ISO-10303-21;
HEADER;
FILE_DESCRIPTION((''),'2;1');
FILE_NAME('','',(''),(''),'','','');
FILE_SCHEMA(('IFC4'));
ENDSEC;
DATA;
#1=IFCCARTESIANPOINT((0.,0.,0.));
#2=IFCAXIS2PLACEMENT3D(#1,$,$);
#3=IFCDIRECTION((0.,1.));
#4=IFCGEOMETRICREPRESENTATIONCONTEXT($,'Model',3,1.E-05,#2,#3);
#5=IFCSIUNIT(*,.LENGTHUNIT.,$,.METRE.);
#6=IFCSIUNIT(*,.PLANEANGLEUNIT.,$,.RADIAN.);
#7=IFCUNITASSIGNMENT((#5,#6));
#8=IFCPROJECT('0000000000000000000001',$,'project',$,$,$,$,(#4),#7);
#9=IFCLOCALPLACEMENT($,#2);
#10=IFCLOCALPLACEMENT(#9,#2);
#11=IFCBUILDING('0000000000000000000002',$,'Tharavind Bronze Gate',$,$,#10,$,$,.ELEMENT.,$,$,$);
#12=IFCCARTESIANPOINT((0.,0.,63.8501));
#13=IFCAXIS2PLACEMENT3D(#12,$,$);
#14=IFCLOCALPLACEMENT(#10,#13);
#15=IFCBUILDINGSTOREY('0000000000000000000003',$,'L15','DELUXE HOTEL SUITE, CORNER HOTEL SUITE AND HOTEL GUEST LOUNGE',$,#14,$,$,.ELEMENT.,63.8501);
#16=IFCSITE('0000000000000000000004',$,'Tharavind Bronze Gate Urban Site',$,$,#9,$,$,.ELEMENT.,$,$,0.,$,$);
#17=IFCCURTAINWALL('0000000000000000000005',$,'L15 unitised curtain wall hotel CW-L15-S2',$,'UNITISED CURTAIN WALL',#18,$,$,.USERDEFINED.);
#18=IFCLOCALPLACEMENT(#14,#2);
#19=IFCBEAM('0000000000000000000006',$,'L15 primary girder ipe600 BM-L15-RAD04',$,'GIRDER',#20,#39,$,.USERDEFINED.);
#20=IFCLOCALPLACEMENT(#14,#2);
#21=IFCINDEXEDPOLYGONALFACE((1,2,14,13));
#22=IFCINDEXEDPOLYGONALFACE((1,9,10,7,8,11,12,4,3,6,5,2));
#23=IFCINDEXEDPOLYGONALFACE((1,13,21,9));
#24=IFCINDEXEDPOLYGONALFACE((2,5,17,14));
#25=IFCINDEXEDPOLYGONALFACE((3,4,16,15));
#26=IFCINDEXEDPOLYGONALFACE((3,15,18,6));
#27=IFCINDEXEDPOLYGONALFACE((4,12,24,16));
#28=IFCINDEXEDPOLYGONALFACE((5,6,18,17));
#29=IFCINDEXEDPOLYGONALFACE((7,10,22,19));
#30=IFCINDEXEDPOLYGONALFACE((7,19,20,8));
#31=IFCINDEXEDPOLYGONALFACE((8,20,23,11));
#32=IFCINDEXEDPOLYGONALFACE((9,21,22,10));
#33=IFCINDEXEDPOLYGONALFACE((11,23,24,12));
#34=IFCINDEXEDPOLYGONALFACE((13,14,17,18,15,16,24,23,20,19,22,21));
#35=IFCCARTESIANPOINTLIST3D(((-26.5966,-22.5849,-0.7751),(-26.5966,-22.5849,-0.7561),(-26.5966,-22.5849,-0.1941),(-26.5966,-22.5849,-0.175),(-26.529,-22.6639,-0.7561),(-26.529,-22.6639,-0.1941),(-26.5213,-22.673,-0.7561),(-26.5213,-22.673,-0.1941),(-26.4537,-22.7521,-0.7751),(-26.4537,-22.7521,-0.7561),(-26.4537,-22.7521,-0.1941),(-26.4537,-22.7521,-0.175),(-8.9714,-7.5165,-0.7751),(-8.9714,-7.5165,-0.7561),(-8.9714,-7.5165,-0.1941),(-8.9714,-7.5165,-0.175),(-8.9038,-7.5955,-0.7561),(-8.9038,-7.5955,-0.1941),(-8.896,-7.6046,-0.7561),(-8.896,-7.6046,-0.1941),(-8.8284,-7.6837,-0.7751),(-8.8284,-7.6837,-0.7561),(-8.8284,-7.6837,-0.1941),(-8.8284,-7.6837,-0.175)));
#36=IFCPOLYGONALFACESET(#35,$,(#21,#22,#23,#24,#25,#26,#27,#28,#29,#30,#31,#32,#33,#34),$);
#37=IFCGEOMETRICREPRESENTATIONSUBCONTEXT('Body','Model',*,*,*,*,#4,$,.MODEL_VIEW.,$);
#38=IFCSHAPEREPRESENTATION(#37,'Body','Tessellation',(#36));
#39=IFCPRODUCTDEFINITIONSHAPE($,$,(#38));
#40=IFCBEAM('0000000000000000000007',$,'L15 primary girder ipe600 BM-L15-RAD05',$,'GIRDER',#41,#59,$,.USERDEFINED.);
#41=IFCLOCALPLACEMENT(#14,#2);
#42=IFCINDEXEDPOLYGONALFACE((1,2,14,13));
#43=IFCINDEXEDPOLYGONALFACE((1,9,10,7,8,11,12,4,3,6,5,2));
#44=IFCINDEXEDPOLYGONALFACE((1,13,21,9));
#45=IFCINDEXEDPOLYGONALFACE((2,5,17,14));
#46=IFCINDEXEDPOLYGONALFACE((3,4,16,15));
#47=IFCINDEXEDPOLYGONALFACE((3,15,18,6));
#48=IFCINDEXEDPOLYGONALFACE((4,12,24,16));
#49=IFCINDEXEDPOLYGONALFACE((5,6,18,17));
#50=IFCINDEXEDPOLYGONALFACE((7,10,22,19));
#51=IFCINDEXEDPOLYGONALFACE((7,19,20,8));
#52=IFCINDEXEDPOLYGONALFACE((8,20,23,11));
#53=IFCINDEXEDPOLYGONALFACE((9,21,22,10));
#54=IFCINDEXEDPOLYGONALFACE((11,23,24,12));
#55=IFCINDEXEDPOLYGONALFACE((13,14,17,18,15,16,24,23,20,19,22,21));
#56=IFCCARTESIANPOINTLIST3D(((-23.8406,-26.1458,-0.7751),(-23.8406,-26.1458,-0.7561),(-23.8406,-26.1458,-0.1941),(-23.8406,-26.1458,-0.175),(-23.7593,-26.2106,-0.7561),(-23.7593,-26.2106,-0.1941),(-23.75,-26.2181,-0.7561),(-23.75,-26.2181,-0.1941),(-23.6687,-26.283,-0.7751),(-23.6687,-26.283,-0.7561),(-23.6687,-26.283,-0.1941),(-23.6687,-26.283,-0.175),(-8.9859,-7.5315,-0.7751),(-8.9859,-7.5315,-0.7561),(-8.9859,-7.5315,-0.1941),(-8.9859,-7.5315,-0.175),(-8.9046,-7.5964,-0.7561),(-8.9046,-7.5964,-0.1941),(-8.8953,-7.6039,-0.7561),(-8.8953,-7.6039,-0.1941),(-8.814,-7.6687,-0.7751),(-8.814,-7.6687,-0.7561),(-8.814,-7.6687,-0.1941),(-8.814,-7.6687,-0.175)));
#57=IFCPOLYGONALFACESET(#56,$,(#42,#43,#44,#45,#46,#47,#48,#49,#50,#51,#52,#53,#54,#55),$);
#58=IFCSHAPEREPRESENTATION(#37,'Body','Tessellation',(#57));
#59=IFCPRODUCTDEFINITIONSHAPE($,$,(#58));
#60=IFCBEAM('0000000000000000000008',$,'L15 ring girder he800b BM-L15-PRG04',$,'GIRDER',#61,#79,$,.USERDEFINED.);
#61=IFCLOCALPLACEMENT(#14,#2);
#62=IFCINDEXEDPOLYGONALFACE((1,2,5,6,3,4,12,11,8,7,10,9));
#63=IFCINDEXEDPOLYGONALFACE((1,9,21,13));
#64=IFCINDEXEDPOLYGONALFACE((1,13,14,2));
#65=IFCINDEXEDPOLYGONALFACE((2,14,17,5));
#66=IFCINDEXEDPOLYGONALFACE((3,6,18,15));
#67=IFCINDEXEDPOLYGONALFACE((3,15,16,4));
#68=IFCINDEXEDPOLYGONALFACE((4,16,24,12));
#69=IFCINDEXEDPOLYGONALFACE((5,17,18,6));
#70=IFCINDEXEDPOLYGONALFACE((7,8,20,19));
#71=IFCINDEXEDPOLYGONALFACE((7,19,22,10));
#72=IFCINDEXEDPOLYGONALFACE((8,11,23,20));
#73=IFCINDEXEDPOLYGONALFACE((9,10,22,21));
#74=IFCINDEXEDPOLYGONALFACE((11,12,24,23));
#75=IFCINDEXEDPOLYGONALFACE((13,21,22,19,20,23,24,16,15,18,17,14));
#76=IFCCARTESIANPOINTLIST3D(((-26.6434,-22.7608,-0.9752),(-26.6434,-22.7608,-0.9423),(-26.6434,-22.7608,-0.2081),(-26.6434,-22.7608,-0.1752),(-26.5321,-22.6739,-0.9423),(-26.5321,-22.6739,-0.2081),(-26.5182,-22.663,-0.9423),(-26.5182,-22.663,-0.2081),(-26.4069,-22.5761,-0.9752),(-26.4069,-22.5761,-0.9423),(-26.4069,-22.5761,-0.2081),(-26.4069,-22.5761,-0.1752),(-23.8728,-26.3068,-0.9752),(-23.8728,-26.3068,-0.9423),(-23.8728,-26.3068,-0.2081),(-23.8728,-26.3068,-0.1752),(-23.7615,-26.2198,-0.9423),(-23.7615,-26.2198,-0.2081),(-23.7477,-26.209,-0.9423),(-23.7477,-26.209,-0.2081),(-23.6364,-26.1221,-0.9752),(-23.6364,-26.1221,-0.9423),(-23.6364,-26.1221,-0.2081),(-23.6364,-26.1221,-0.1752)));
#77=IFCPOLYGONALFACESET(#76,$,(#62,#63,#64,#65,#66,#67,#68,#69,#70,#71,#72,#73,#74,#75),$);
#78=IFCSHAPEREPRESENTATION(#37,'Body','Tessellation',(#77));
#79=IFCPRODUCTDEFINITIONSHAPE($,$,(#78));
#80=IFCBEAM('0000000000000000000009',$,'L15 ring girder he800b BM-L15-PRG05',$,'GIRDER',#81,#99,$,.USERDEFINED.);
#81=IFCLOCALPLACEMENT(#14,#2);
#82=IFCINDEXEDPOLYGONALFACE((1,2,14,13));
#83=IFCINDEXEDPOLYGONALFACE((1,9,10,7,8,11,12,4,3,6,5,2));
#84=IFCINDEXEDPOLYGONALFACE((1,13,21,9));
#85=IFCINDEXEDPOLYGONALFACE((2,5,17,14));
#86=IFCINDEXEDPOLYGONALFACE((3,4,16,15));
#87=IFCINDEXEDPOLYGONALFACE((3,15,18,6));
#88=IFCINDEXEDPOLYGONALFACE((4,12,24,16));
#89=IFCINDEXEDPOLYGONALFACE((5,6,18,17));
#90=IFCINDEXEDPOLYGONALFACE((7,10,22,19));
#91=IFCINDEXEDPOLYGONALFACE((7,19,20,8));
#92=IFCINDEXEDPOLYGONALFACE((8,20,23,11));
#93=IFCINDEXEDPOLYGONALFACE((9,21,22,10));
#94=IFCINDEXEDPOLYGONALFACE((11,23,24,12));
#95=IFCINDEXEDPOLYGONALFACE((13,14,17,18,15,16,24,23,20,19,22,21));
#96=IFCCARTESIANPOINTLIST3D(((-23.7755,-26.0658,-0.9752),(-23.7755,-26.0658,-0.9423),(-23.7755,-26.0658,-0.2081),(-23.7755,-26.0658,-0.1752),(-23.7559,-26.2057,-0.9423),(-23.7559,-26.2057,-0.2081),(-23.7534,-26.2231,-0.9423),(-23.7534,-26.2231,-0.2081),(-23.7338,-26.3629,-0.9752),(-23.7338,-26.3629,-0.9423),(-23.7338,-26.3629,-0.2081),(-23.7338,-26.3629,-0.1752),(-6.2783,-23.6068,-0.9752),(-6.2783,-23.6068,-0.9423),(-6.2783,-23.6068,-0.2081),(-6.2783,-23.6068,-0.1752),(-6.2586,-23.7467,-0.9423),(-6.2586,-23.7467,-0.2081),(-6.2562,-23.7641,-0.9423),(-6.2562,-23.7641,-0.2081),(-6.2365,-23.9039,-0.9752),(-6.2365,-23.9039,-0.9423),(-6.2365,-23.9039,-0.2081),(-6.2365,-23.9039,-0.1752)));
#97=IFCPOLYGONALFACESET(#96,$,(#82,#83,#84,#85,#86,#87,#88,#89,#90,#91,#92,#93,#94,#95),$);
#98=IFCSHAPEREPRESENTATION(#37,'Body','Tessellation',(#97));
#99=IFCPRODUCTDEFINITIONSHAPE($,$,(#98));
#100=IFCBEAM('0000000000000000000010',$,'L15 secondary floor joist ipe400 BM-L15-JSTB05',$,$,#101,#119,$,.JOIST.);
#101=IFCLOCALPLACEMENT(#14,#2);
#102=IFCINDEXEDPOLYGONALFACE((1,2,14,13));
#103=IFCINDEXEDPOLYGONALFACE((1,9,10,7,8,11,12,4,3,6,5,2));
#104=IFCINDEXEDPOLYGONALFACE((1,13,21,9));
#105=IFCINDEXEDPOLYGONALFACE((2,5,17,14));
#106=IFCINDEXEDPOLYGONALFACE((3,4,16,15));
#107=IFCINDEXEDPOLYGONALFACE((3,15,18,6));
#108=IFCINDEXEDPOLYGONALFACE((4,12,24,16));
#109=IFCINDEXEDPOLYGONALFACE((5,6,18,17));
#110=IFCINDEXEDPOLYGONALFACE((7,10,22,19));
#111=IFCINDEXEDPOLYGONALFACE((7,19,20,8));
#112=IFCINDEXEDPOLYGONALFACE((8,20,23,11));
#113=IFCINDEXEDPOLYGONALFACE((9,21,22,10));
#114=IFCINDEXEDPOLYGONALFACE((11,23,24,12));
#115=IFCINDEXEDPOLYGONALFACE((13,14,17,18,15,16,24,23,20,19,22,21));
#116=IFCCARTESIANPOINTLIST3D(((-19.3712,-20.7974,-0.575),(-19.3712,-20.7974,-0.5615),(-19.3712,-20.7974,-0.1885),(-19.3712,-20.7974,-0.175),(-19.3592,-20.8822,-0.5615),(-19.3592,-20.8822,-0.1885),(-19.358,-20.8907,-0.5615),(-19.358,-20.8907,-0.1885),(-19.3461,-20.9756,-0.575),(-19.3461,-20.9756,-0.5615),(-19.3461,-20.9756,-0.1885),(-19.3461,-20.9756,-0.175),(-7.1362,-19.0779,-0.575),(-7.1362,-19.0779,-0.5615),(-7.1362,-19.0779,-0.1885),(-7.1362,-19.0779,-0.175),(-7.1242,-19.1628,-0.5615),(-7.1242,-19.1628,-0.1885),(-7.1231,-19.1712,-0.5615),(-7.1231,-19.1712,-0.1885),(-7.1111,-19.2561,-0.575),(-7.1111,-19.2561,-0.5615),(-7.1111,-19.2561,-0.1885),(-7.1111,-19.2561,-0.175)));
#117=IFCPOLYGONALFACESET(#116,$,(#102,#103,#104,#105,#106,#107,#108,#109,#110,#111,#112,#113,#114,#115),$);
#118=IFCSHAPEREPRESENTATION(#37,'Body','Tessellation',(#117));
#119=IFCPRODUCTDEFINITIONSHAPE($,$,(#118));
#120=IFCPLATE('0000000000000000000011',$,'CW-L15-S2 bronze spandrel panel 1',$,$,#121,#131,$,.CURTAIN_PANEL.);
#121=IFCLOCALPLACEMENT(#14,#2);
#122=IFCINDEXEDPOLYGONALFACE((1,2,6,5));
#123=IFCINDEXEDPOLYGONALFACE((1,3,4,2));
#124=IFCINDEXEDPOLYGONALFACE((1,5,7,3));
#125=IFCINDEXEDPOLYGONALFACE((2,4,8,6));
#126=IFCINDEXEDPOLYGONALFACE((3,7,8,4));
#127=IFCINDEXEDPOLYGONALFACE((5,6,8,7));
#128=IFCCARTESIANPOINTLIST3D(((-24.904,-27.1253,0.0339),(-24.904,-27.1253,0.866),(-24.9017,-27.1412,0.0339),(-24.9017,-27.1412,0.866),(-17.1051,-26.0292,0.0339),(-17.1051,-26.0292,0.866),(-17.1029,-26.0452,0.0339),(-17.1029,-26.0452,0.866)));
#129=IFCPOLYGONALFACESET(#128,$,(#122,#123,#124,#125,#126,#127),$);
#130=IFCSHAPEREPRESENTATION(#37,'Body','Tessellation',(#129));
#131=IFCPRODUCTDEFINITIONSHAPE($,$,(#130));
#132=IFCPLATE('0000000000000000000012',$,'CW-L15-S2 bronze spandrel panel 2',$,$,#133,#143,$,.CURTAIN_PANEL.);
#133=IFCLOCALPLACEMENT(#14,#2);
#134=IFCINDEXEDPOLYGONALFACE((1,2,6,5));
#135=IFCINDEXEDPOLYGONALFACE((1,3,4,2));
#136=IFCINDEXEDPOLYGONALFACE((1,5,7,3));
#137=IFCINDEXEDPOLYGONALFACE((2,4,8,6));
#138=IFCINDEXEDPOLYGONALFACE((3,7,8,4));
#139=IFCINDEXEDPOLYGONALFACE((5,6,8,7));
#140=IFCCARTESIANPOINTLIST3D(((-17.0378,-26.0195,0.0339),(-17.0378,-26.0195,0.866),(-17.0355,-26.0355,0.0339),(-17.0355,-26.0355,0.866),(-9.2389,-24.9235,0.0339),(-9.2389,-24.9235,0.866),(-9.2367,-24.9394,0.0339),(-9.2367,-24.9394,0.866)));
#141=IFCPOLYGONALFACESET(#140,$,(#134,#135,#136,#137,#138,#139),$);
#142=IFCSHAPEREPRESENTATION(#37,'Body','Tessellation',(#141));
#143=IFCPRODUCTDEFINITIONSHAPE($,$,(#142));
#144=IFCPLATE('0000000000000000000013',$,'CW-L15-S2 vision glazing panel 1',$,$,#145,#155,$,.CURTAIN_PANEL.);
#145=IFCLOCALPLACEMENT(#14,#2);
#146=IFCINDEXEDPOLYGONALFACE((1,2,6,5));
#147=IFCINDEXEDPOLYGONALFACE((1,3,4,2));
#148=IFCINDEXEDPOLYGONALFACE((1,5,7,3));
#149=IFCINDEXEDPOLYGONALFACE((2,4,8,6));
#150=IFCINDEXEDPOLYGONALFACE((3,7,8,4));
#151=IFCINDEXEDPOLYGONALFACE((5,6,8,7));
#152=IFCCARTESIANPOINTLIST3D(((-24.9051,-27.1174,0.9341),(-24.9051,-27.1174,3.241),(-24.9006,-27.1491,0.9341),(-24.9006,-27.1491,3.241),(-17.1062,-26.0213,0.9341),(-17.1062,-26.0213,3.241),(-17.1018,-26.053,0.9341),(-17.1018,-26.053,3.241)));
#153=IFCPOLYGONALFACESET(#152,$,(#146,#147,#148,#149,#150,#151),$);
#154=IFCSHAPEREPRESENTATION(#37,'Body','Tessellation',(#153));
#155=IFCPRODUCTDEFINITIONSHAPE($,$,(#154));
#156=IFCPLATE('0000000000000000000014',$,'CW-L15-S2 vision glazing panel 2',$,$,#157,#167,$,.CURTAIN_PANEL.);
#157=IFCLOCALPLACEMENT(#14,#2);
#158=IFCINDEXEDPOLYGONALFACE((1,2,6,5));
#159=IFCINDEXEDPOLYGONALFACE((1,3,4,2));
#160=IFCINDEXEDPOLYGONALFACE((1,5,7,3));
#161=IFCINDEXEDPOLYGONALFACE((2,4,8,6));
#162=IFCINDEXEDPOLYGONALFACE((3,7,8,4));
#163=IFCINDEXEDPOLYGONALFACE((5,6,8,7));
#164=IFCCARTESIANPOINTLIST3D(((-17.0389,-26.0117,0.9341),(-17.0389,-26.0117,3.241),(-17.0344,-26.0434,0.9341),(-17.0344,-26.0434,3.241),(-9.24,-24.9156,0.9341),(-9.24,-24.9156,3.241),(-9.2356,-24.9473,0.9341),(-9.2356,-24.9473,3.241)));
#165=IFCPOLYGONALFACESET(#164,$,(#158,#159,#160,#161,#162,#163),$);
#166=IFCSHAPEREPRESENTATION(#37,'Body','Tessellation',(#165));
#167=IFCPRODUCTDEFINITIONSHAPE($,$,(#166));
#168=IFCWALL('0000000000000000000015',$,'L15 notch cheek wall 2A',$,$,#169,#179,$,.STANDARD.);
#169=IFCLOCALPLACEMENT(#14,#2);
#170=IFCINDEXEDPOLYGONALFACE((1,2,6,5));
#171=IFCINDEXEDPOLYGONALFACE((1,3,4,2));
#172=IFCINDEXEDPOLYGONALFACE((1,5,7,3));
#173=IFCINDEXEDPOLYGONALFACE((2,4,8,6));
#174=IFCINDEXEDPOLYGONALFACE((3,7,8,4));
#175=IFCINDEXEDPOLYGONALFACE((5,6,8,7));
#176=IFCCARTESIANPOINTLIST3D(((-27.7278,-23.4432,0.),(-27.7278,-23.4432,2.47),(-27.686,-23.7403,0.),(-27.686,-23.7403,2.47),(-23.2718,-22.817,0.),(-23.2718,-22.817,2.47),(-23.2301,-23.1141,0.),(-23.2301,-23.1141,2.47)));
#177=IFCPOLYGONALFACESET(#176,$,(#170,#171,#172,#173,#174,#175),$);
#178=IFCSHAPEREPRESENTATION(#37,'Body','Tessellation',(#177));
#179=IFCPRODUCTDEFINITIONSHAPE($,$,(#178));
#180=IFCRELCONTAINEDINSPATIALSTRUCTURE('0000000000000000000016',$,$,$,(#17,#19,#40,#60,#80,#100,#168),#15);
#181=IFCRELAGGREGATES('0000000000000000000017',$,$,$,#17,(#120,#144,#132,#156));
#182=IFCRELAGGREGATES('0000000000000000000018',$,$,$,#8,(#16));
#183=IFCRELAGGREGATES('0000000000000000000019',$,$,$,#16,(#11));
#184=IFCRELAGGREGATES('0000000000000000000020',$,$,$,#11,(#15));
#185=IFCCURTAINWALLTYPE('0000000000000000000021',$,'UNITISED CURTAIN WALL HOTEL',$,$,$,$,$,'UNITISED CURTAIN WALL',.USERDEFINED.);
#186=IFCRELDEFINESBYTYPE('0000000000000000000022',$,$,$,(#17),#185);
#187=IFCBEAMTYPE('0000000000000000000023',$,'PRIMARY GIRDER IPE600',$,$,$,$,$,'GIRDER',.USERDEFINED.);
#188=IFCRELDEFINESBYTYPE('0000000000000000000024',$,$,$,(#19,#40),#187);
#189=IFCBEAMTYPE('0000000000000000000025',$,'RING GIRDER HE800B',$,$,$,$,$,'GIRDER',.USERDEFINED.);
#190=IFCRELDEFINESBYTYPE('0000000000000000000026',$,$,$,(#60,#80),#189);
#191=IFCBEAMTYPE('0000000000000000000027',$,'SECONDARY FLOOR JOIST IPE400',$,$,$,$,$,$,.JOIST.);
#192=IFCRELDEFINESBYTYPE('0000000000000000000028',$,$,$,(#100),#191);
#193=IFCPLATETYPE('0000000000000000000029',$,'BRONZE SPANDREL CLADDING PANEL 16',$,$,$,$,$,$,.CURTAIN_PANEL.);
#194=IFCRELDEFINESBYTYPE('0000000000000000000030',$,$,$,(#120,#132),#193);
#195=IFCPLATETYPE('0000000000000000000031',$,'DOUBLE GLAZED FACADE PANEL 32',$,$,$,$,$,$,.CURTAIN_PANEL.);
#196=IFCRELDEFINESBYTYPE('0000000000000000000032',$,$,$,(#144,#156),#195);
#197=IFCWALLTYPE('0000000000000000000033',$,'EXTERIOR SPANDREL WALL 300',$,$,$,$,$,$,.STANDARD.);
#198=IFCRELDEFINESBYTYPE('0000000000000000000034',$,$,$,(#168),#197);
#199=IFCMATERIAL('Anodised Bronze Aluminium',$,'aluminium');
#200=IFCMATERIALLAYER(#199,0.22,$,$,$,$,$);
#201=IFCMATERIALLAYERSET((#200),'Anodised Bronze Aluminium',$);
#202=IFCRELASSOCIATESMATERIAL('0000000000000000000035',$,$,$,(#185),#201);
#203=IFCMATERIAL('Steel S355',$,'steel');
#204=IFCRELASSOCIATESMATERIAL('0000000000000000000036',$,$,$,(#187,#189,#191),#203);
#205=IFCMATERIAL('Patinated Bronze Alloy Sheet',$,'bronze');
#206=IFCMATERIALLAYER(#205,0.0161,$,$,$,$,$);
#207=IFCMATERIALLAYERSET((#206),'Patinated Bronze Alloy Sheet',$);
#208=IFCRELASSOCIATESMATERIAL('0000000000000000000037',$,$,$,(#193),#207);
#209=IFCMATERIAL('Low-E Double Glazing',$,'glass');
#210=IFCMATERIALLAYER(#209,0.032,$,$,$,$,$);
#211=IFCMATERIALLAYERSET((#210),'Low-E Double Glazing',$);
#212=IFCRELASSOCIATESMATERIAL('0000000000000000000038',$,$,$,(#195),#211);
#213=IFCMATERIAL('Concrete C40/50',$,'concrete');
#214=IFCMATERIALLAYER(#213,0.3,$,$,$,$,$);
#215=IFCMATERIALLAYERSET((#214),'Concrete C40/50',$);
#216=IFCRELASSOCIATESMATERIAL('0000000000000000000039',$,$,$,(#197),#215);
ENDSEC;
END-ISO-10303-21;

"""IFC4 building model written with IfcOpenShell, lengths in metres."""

from ifc_helpers import new_model, si_unit, direction, frame, frame_2d, origin, origin_2d, place, context, subcontext, project, spatial, rectangle, i_section, extrude, material, layer, layer_set, material_profile, profile_set, type_object, element, aggregate, save


model = new_model("IFC4")

# Units and contexts
model_context = context("Model", 3, precision=1e-05, world=origin(), true_north=direction((0.0, 1.0)))
body_context = subcontext(model_context, "Body", "Model", "MODEL_VIEW")
ifc_project = project(units=[si_unit("LENGTHUNIT", "METRE"), si_unit("PLANEANGLEUNIT", "RADIAN")], contexts=[model_context])

# Site, building, storey
site_placement = place(None, origin())
site = spatial("IfcSite", under=ifc_project, at=site_placement, Name="Tharavind Bronze Gate Urban Site", CompositionType="ELEMENT", RefElevation=0.0)
building_placement = place(site_placement, origin())
building = spatial("IfcBuilding", under=site, at=building_placement, Name="Tharavind Bronze Gate", CompositionType="ELEMENT")
storey_placement = place(building_placement, frame((0.0, 0.0, 63.8501)))
storey = spatial("IfcBuildingStorey", under=building, at=storey_placement, Name="L15", Description="DELUXE HOTEL SUITE, CORNER HOTEL SUITE AND HOTEL GUEST LOUNGE", CompositionType="ELEMENT", Elevation=63.8501)

# Shared definitions
ifc_material_1 = material(Name="Anodised Bronze Aluminium", Category="aluminium")
ifc_layer_1 = layer(ifc_material_1, 0.22)
ifc_layer_set_1 = layer_set([ifc_layer_1], Name="Anodised Bronze Aluminium")
curtain_wall_type = type_object("IfcCurtainWallType", Name="UNITISED CURTAIN WALL HOTEL", ElementType="UNITISED CURTAIN WALL", PredefinedType="USERDEFINED", material=ifc_layer_set_1)

# Curtain wall
curtain_wall_1_placement = place(storey_placement, origin())
curtain_wall_1 = element("IfcCurtainWall", 1, at=curtain_wall_1_placement, inside=storey, type_object=curtain_wall_type, Name="L15 unitised curtain wall hotel CW-L15-S2", ObjectType="UNITISED CURTAIN WALL", PredefinedType="USERDEFINED")

# Beams
ifc_material_2 = material(Name="Steel S355", Category="steel")
ifc_material_profile_1 = material_profile(ifc_material_2, i_section(OverallWidth=0.22, OverallDepth=0.6001, WebThickness=0.012, FlangeThickness=0.019, at=origin_2d()), Name="IPE600")
ifc_profile_set_1 = profile_set([ifc_material_profile_1], Name="Steel S355")
beam_type_1 = type_object("IfcBeamType", Name="PRIMARY GIRDER IPE600", ElementType="GIRDER", PredefinedType="USERDEFINED", material=ifc_profile_set_1)
beam_1_placement = place(storey_placement, frame((-26.5251, -22.6685, -0.4751), z_axis=(0.760087, 0.649821, 0.0), x_axis=(-0.649821, 0.760087, 0.0)))
element("IfcBeam", 2, at=beam_1_placement, inside=storey, type_object=beam_type_1, Name="L15 primary girder ipe600 BM-L15-RAD04", ObjectType="GIRDER", PredefinedType="USERDEFINED", context=body_context, shape_type="SweptSolid", body=[
    extrude(i_section(OverallWidth=0.22, OverallDepth=0.6001, WebThickness=0.012, FlangeThickness=0.019, at=origin_2d()), origin(), (0.0, 0.0, 1.0), 23.1885),
])
beam_2_placement = place(storey_placement, frame((-23.7546, -26.2144, -0.4751), z_axis=(0.623756, 0.781619, 0.0), x_axis=(-0.781619, 0.623756, 0.0)))
element("IfcBeam", 3, at=beam_2_placement, inside=storey, type_object=beam_type_1, Name="L15 primary girder ipe600 BM-L15-RAD05", ObjectType="GIRDER", PredefinedType="USERDEFINED", context=body_context, shape_type="SweptSolid", body=[
    extrude(i_section(OverallWidth=0.22, OverallDepth=0.6001, WebThickness=0.012, FlangeThickness=0.019, at=origin_2d()), origin(), (0.0, 0.0, 1.0), 23.8149),
])
ifc_material_profile_2 = material_profile(ifc_material_2, i_section(OverallWidth=0.3, OverallDepth=0.8, WebThickness=0.0176, FlangeThickness=0.033, at=origin_2d()), Name="HE800B")
ifc_profile_set_2 = profile_set([ifc_material_profile_2], Name="Steel S355")
beam_type_2 = type_object("IfcBeamType", Name="RING GIRDER HE800B", ElementType="GIRDER", PredefinedType="USERDEFINED", material=ifc_profile_set_2)
beam_3_placement = place(storey_placement, frame((-26.5251, -22.6685, -0.5752), z_axis=(0.615682, -0.787995, 0.0), x_axis=(0.787995, 0.615682, 0.0)))
element("IfcBeam", 4, at=beam_3_placement, inside=storey, type_object=beam_type_2, Name="L15 ring girder he800b BM-L15-PRG04", ObjectType="GIRDER", PredefinedType="USERDEFINED", context=body_context, shape_type="SweptSolid", body=[
    extrude(i_section(OverallWidth=0.3, OverallDepth=0.8, WebThickness=0.0176, FlangeThickness=0.033, at=origin_2d()), origin(), (0.0, 0.0, 1.0), 4.5),
])
beam_4_placement = place(storey_placement, frame((-23.7546, -26.2144, -0.5752), z_axis=(0.990269, 0.139167, 0.0), x_axis=(-0.139167, 0.990269, 0.0)))
element("IfcBeam", 5, at=beam_4_placement, inside=storey, type_object=beam_type_2, Name="L15 ring girder he800b BM-L15-PRG05", ObjectType="GIRDER", PredefinedType="USERDEFINED", context=body_context, shape_type="SweptSolid", body=[
    extrude(i_section(OverallWidth=0.3, OverallDepth=0.8, WebThickness=0.0176, FlangeThickness=0.033, at=origin_2d()), origin(), (0.0, 0.0, 1.0), 17.6692),
])
ifc_material_profile_3 = material_profile(ifc_material_2, i_section(OverallWidth=0.1799, OverallDepth=0.3999, WebThickness=0.0085, FlangeThickness=0.0134, at=origin_2d()), Name="IPE400")
ifc_profile_set_3 = profile_set([ifc_material_profile_3], Name="Steel S355")
beam_type_3 = type_object("IfcBeamType", Name="SECONDARY FLOOR JOIST IPE400", PredefinedType="JOIST", material=ifc_profile_set_3)
beam_5_placement = place(storey_placement, frame((-19.3586, -20.8865, -0.375), z_axis=(0.990269, 0.139169, 0.0), x_axis=(-0.139169, 0.990269, 0.0)))
element("IfcBeam", 6, at=beam_5_placement, inside=storey, type_object=beam_type_3, Name="L15 secondary floor joist ipe400 BM-L15-JSTB05", PredefinedType="JOIST", context=body_context, shape_type="SweptSolid", body=[
    extrude(i_section(OverallWidth=0.1799, OverallDepth=0.3999, WebThickness=0.0085, FlangeThickness=0.0134, at=origin_2d()), origin(), (0.0, 0.0, 1.0), 12.3552),
])

# Plates
ifc_material_3 = material(Name="Patinated Bronze Alloy Sheet", Category="bronze")
ifc_layer_2 = layer(ifc_material_3, 0.0161)
ifc_layer_set_2 = layer_set([ifc_layer_2], Name="Patinated Bronze Alloy Sheet")
plate_type_1 = type_object("IfcPlateType", Name="BRONZE SPANDREL CLADDING PANEL 16", PredefinedType="CURTAIN_PANEL", material=ifc_layer_set_2)
plate_1_placement = place(storey_placement, frame((-21.0034, -26.5852, 0.0339), z_axis=(0.0, 0.0, 1.0), x_axis=(0.990268, 0.139173, 0.0)))
plate_1 = element("IfcPlate", 7, at=plate_1_placement, type_object=plate_type_1, Name="CW-L15-S2 bronze spandrel panel 1", PredefinedType="CURTAIN_PANEL", context=body_context, shape_type="SweptSolid", body=[
    extrude(rectangle(XDim=7.8755, YDim=0.0161, at=origin_2d()), origin(), (0.0, 0.0, 1.0), 0.832),
])
plate_2_placement = place(storey_placement, frame((-13.1372, -25.4795, 0.0339), z_axis=(0.0, 0.0, 1.0), x_axis=(0.990268, 0.139173, 0.0)))
plate_2 = element("IfcPlate", 8, at=plate_2_placement, type_object=plate_type_1, Name="CW-L15-S2 bronze spandrel panel 2", PredefinedType="CURTAIN_PANEL", context=body_context, shape_type="SweptSolid", body=[
    extrude(rectangle(XDim=7.8755, YDim=0.0161, at=origin_2d()), origin(), (0.0, 0.0, 1.0), 0.832),
])
ifc_material_4 = material(Name="Low-E Double Glazing", Category="glass")
ifc_layer_3 = layer(ifc_material_4, 0.032)
ifc_layer_set_3 = layer_set([ifc_layer_3], Name="Low-E Double Glazing")
plate_type_2 = type_object("IfcPlateType", Name="DOUBLE GLAZED FACADE PANEL 32", PredefinedType="CURTAIN_PANEL", material=ifc_layer_set_3)
plate_3_placement = place(storey_placement, frame((-21.0034, -26.5852, 0.9341), z_axis=(0.0, 0.0, 1.0), x_axis=(0.990268, 0.139173, 0.0)))
plate_3 = element("IfcPlate", 9, at=plate_3_placement, type_object=plate_type_2, Name="CW-L15-S2 vision glazing panel 1", PredefinedType="CURTAIN_PANEL", context=body_context, shape_type="SweptSolid", body=[
    extrude(rectangle(XDim=7.8755, YDim=0.032, at=origin_2d()), origin(), (0.0, 0.0, 1.0), 2.3069),
])
plate_4_placement = place(storey_placement, frame((-13.1372, -25.4795, 0.9341), z_axis=(0.0, 0.0, 1.0), x_axis=(0.990268, 0.139173, 0.0)))
plate_4 = element("IfcPlate", 10, at=plate_4_placement, type_object=plate_type_2, Name="CW-L15-S2 vision glazing panel 2", PredefinedType="CURTAIN_PANEL", context=body_context, shape_type="SweptSolid", body=[
    extrude(rectangle(XDim=7.8755, YDim=0.032, at=origin_2d()), origin(), (0.0, 0.0, 1.0), 2.3069),
])
aggregate(curtain_wall_1, [plate_1, plate_3, plate_2, plate_4])

# Wall
ifc_material_5 = material(Name="Concrete C40/50", Category="concrete")
ifc_layer_4 = layer(ifc_material_5, 0.3)
ifc_layer_set_4 = layer_set([ifc_layer_4], Name="Concrete C40/50")
wall_type = type_object("IfcWallType", Name="EXTERIOR SPANDREL WALL 300", PredefinedType="STANDARD", material=ifc_layer_set_4)
wall_1_placement = place(storey_placement, frame((-27.707, -23.5918, 0.0), z_axis=(0.0, 0.0, 1.0), x_axis=(0.990269, 0.139165, 0.0)))
element("IfcWall", 11, at=wall_1_placement, inside=storey, type_object=wall_type, Name="L15 notch cheek wall 2A", PredefinedType="STANDARD", context=body_context, shape_type="SweptSolid", body=[
    extrude(rectangle(XDim=4.4998, YDim=0.3, at=frame_2d((2.25, 0.0))), origin(), (0.0, 0.0, 1.0), 2.47),
])

save(model, "model.ifc")
